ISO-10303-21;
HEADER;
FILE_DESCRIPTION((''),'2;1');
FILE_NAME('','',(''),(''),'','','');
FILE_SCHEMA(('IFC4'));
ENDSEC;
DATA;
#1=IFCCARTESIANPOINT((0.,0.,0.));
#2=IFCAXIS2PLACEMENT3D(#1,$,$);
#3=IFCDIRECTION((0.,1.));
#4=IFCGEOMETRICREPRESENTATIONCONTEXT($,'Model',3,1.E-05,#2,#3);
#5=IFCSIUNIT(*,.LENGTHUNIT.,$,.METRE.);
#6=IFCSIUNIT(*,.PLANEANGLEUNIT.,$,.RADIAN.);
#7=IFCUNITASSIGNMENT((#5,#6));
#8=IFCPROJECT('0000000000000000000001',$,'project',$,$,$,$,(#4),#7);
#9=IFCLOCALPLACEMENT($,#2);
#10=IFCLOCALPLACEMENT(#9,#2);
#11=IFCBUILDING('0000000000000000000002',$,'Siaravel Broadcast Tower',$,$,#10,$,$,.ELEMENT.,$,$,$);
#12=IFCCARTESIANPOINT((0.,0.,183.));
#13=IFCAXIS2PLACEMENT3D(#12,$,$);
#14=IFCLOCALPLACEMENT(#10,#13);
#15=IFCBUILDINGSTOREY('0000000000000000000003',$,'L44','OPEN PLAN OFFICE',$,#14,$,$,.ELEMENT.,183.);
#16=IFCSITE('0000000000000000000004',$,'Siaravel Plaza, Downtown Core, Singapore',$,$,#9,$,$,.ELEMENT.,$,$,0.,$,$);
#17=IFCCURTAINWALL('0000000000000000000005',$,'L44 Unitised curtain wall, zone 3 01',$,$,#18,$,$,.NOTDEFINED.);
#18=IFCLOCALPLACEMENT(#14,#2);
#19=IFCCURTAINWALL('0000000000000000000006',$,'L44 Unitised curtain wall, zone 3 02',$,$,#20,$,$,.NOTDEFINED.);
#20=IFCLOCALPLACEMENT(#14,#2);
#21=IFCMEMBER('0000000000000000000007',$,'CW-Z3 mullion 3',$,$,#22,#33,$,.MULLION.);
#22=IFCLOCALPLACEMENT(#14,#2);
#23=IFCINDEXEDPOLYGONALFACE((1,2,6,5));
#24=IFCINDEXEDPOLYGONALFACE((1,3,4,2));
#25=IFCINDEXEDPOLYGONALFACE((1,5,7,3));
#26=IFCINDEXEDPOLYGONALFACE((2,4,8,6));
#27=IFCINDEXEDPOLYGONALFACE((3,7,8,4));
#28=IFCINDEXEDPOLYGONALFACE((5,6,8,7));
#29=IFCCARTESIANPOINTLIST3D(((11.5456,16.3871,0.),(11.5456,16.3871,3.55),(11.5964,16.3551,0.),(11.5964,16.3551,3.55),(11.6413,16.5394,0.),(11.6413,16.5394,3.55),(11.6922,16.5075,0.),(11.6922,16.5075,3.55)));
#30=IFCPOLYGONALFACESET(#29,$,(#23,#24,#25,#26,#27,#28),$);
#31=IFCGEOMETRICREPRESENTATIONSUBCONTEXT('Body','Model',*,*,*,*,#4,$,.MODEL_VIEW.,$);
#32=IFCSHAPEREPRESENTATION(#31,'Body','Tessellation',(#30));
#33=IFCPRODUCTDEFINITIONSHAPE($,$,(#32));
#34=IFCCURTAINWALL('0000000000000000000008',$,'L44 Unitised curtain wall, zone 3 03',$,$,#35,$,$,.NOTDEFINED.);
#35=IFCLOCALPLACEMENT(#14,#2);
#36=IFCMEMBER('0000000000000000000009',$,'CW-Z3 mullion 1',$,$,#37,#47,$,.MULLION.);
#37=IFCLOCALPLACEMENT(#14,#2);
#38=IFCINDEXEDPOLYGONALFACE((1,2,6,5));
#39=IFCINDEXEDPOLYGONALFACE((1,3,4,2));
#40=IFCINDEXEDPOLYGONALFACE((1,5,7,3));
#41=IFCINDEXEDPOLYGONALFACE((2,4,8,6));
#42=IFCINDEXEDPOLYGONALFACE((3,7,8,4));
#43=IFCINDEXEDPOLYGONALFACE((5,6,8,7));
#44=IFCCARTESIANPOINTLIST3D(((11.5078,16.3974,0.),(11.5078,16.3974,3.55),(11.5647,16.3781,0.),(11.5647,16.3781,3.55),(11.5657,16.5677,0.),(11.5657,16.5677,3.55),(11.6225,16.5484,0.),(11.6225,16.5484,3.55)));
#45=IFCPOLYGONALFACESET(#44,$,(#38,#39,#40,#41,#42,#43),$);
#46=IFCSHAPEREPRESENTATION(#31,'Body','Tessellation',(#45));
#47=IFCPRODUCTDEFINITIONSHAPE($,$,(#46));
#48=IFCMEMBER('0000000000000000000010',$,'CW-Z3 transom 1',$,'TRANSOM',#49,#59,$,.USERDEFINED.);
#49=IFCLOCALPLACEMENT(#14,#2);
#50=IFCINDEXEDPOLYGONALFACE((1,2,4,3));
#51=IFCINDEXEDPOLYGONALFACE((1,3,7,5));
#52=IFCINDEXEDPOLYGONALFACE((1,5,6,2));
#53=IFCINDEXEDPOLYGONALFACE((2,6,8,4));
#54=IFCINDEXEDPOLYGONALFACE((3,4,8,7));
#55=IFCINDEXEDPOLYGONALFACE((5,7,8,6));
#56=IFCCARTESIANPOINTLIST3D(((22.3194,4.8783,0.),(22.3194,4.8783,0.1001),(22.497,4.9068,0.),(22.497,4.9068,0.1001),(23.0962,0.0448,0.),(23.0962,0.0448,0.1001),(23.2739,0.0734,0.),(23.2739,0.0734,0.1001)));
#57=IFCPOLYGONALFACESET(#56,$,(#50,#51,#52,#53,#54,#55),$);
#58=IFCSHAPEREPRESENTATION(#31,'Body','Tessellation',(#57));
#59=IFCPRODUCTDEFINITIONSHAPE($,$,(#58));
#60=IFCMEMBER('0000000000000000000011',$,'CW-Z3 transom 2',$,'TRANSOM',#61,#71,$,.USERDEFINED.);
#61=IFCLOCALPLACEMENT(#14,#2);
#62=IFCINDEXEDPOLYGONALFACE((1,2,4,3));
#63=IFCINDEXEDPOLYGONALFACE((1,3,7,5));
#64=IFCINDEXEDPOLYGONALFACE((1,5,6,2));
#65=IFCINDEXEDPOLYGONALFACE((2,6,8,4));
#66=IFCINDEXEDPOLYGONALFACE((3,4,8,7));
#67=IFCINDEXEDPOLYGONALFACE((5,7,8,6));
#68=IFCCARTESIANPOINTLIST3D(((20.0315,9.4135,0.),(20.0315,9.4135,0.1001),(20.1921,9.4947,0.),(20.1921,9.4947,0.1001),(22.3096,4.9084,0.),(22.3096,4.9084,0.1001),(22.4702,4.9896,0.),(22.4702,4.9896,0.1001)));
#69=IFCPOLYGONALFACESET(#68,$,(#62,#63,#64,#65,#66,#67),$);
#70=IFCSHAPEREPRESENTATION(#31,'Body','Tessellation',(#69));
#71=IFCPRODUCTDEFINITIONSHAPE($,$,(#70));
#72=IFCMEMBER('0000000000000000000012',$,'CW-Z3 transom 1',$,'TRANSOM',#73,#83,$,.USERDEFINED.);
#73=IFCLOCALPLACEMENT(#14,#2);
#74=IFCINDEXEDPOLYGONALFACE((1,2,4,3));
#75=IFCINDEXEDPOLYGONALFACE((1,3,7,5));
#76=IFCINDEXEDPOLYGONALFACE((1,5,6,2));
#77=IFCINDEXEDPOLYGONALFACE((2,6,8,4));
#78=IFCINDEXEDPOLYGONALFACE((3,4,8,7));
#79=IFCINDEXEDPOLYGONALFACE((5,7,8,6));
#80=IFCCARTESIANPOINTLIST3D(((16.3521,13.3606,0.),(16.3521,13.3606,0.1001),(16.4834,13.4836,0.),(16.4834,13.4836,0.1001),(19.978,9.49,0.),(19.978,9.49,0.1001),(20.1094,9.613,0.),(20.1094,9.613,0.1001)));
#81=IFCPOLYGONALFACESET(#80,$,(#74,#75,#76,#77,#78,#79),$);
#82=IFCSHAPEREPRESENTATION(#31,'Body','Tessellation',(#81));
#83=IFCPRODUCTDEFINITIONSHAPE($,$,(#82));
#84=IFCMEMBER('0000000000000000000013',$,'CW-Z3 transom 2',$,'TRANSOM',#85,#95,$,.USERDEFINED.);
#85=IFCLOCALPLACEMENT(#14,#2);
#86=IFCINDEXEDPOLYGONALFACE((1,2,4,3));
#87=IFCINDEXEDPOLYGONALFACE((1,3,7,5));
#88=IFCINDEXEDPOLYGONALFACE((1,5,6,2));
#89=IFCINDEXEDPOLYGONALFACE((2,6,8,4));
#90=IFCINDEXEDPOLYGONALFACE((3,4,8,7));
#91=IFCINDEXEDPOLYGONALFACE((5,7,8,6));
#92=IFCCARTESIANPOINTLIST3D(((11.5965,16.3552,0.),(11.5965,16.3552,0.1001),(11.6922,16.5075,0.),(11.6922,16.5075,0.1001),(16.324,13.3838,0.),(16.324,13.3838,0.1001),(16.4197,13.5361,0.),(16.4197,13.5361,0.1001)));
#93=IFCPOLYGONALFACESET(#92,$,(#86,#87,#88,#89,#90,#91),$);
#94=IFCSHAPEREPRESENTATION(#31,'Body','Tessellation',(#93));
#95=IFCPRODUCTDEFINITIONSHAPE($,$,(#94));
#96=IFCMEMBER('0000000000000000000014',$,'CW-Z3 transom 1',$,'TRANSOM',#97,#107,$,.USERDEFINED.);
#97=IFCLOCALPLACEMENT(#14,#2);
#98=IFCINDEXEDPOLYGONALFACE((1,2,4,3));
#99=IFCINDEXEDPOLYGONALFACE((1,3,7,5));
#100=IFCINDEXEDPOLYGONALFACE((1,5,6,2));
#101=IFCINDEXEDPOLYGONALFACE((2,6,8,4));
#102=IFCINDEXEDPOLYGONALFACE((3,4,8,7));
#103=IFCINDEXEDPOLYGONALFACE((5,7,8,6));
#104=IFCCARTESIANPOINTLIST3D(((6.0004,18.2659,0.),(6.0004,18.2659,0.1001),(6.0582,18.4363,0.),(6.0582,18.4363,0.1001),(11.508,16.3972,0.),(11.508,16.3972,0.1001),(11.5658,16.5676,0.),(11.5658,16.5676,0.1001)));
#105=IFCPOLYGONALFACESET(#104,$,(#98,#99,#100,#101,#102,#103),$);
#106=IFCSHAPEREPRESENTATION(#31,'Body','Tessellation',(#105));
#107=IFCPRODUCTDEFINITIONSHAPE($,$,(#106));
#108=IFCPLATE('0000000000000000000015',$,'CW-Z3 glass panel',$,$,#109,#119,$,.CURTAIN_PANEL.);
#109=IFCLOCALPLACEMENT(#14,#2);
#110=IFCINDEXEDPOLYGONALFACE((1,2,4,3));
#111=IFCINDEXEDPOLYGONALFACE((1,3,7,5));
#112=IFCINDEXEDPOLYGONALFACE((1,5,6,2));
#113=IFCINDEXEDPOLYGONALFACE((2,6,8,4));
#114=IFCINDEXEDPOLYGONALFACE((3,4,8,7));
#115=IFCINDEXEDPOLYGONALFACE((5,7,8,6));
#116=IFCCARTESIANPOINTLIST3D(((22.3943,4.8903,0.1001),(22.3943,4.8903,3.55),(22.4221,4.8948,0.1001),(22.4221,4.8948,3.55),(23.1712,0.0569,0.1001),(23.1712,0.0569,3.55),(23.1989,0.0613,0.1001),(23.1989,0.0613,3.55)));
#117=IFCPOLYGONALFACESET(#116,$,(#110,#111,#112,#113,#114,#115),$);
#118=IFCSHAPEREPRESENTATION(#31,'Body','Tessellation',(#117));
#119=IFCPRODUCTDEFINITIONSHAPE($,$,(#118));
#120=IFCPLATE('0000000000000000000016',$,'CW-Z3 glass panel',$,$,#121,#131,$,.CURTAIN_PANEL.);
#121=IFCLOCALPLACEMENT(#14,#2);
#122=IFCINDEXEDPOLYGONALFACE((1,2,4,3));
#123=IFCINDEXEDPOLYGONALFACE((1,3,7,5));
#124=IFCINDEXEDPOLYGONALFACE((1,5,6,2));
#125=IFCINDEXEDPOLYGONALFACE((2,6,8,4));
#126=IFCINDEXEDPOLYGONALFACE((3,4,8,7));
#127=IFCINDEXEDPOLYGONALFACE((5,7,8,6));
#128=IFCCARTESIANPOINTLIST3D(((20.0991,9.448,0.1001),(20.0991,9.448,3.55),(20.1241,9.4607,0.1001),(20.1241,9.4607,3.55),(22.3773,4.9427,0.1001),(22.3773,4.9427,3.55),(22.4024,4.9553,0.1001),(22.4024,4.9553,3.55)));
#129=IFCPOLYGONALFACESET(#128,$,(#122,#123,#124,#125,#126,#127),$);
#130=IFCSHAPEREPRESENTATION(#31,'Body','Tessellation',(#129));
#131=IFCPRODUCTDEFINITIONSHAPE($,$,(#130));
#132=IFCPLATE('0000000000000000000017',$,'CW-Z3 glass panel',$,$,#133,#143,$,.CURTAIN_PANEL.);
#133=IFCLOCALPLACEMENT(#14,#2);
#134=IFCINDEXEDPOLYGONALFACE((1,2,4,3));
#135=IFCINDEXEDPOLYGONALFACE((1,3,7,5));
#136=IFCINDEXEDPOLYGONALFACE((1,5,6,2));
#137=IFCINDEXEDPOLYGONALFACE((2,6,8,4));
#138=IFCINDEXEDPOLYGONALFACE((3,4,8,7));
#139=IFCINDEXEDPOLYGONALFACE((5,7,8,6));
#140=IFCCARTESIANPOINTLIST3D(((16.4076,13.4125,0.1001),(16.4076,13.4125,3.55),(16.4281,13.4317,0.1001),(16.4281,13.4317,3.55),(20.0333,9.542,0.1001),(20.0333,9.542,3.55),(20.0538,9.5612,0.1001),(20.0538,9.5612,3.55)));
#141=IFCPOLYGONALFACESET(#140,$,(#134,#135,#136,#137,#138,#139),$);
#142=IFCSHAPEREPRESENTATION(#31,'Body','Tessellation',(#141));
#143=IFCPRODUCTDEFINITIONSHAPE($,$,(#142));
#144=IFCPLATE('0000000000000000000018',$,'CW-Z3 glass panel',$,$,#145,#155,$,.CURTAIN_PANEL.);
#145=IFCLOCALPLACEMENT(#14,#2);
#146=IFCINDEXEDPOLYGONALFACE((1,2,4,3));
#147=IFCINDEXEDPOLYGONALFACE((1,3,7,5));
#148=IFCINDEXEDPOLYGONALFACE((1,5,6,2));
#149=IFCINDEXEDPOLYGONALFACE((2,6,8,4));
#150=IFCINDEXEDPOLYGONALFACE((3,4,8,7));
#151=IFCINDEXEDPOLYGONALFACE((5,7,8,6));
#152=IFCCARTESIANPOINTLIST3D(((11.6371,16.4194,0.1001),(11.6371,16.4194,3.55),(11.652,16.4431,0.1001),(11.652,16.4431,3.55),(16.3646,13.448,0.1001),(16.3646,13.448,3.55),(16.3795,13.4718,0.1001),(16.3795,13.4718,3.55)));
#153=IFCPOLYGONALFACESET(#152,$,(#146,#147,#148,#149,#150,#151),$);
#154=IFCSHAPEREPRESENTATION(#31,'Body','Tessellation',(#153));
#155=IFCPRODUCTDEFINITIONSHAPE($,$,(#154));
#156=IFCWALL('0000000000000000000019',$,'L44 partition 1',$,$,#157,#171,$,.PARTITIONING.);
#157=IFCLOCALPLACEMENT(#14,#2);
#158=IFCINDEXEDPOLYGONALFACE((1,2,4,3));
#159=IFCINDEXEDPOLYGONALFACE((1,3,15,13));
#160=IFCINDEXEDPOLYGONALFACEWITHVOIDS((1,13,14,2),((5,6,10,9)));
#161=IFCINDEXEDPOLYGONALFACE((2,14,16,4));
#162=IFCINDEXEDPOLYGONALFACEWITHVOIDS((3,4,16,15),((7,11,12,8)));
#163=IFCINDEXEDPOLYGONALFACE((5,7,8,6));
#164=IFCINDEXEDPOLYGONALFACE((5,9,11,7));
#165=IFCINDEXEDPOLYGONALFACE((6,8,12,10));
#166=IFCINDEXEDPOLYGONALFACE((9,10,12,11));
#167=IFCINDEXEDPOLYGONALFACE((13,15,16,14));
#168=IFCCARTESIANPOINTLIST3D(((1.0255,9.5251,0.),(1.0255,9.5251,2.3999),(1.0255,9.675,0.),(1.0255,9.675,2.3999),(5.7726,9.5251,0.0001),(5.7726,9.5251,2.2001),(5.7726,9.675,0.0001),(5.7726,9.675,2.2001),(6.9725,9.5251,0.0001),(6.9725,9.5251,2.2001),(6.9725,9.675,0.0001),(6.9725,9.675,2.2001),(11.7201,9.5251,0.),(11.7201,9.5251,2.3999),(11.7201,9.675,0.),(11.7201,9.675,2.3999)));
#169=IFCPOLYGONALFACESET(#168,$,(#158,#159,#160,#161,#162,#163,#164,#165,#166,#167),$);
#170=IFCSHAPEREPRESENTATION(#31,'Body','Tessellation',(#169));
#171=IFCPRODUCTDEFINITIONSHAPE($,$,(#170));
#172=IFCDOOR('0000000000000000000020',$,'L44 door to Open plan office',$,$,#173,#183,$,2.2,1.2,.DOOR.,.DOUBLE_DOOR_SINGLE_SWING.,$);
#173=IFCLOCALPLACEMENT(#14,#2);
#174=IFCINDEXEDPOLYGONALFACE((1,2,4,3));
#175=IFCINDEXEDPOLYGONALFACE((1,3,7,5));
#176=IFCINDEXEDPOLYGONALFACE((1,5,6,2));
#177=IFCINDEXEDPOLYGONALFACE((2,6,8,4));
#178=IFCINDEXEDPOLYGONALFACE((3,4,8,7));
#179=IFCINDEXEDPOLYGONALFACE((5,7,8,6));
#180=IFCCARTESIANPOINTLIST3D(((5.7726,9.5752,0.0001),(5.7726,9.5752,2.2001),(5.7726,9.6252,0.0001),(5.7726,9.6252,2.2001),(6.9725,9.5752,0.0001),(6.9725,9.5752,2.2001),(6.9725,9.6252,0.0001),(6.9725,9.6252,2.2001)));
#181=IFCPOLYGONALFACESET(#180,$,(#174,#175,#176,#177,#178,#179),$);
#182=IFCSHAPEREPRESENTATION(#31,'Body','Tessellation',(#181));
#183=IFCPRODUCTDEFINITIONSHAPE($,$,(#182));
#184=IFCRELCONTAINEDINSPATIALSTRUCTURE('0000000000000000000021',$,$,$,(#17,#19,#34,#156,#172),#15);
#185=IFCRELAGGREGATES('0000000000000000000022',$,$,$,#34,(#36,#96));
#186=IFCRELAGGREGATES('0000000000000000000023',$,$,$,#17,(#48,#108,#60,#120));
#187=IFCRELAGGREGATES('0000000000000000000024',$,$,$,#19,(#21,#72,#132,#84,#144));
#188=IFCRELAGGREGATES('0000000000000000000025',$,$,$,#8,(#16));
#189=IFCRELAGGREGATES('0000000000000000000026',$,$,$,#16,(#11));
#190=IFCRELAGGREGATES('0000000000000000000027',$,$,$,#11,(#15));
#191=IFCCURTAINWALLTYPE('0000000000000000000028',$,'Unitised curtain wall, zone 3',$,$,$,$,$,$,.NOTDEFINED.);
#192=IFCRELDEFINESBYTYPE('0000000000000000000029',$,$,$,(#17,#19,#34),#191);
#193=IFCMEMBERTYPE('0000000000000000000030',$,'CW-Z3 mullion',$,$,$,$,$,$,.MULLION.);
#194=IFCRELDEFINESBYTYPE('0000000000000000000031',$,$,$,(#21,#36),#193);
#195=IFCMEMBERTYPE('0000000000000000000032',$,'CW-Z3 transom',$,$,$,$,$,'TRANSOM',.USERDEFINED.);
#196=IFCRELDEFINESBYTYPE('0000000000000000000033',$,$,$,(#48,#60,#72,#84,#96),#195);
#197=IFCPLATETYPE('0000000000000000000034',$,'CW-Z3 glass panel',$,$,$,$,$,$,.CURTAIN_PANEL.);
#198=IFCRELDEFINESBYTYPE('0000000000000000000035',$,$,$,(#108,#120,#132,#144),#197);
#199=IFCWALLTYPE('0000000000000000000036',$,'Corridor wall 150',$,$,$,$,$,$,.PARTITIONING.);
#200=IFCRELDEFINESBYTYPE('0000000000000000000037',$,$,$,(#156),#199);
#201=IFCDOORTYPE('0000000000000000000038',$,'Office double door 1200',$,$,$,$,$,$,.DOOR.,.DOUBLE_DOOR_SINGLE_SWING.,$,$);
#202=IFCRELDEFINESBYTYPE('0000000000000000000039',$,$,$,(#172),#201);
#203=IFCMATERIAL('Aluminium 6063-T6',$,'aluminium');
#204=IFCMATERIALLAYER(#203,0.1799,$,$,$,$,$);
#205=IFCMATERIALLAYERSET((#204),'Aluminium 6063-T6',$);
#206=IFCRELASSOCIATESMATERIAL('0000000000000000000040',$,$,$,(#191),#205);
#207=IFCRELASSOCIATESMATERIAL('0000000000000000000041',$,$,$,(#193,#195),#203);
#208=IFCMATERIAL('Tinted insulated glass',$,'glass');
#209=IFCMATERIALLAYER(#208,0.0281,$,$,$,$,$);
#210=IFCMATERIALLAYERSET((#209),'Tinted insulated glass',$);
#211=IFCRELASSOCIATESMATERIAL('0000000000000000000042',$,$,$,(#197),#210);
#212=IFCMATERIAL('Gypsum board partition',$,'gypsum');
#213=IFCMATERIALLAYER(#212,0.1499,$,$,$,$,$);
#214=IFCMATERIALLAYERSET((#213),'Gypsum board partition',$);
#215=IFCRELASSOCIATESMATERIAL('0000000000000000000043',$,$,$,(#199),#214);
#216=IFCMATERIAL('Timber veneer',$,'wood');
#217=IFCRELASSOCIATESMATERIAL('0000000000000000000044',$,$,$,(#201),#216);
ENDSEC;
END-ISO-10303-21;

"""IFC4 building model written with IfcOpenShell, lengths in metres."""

from ifc_helpers import new_model, si_unit, direction, frame, frame_2d, origin, origin_2d, place, context, subcontext, project, spatial, rectangle, extrude, material, layer, layer_set, material_profile, profile_set, type_object, element, fill, aggregate, save


model = new_model("IFC4")

# Units and contexts
model_context = context("Model", 3, precision=1e-05, world=origin(), true_north=direction((0.0, 1.0)))
body_context = subcontext(model_context, "Body", "Model", "MODEL_VIEW")
ifc_project = project(units=[si_unit("LENGTHUNIT", "METRE"), si_unit("PLANEANGLEUNIT", "RADIAN")], contexts=[model_context])

# Site, building, storey
site_placement = place(None, origin())
site = spatial("IfcSite", under=ifc_project, at=site_placement, Name="Siaravel Plaza, Downtown Core, Singapore", CompositionType="ELEMENT", RefElevation=0.0)
building_placement = place(site_placement, origin())
building = spatial("IfcBuilding", under=site, at=building_placement, Name="Siaravel Broadcast Tower", CompositionType="ELEMENT")
storey_placement = place(building_placement, frame((0.0, 0.0, 183.0)))
storey = spatial("IfcBuildingStorey", under=building, at=storey_placement, Name="L44", Description="OPEN PLAN OFFICE", CompositionType="ELEMENT", Elevation=183.0)

# Curtain walls, member
ifc_material_1 = material(Name="Aluminium 6063-T6", Category="aluminium")
ifc_layer_1 = layer(ifc_material_1, 0.1799)
ifc_layer_set_1 = layer_set([ifc_layer_1], Name="Aluminium 6063-T6")
curtain_wall_type = type_object("IfcCurtainWallType", Name="Unitised curtain wall, zone 3", PredefinedType="NOTDEFINED", material=ifc_layer_set_1)
curtain_wall_1_placement = place(storey_placement, origin())
curtain_wall_1 = element("IfcCurtainWall", 1, at=curtain_wall_1_placement, inside=storey, type_object=curtain_wall_type, Name="L44 Unitised curtain wall, zone 3 01", PredefinedType="NOTDEFINED")
ifc_material_profile_1 = material_profile(ifc_material_1, rectangle(XDim=0.1799, YDim=0.0601, at=origin_2d()))
ifc_profile_set_1 = profile_set([ifc_material_profile_1], Name="Aluminium 6063-T6")
member_type_1 = type_object("IfcMemberType", Name="CW-Z3 mullion", PredefinedType="MULLION", material=ifc_profile_set_1)
curtain_wall_2_placement = place(storey_placement, origin())
curtain_wall_2 = element("IfcCurtainWall", 2, at=curtain_wall_2_placement, inside=storey, type_object=curtain_wall_type, Name="L44 Unitised curtain wall, zone 3 02", PredefinedType="NOTDEFINED")
member_1_placement = place(storey_placement, frame((11.6189, 16.4473, 0.0), z_axis=(0.0, 0.0, 1.0), x_axis=(-0.532149, -0.846651, 0.0)))
member_1 = element("IfcMember", 3, at=member_1_placement, type_object=member_type_1, Name="CW-Z3 mullion 3", PredefinedType="MULLION", context=body_context, shape_type="SweptSolid", body=[
    extrude(rectangle(XDim=0.1799, YDim=0.0601, at=origin_2d()), origin(), (0.0, 0.0, 1.0), 3.55),
])

# Curtain wall, member
curtain_wall_3_placement = place(storey_placement, origin())
curtain_wall_3 = element("IfcCurtainWall", 4, at=curtain_wall_3_placement, inside=storey, type_object=curtain_wall_type, Name="L44 Unitised curtain wall, zone 3 03", PredefinedType="NOTDEFINED")
member_2_placement = place(storey_placement, frame((11.5652, 16.4729, 0.0), z_axis=(0.0, 0.0, 1.0), x_axis=(-0.3213, -0.946977, 0.0)))
member_2 = element("IfcMember", 5, at=member_2_placement, type_object=member_type_1, Name="CW-Z3 mullion 1", PredefinedType="MULLION", context=body_context, shape_type="SweptSolid", body=[
    extrude(rectangle(XDim=0.1799, YDim=0.0601, at=origin_2d()), origin(), (0.0, 0.0, 1.0), 3.55),
])

# Members
ifc_material_profile_2 = material_profile(ifc_material_1, rectangle(XDim=0.1799, YDim=0.1001, at=origin_2d()))
ifc_profile_set_2 = profile_set([ifc_material_profile_2], Name="Aluminium 6063-T6")
member_type_2 = type_object("IfcMemberType", Name="CW-Z3 transom", ElementType="TRANSOM", PredefinedType="USERDEFINED", material=ifc_profile_set_2)
member_3_placement = place(storey_placement, frame((23.1851, 0.0591, 0.05), z_axis=(-0.158687, 0.987329, 0.0), x_axis=(-0.987329, -0.158687, 0.0)))
member_3 = element("IfcMember", 6, at=member_3_placement, type_object=member_type_2, Name="CW-Z3 transom 1", ObjectType="TRANSOM", PredefinedType="USERDEFINED", context=body_context, shape_type="SweptSolid", body=[
    extrude(rectangle(XDim=0.1799, YDim=0.1001, at=origin_2d()), origin(), (0.0, 0.0, 1.0), 4.8955),
])
member_4_placement = place(storey_placement, frame((22.3899, 4.949, 0.05), z_axis=(-0.451252, 0.892397, 0.0), x_axis=(-0.892397, -0.451252, 0.0)))
member_4 = element("IfcMember", 7, at=member_4_placement, type_object=member_type_2, Name="CW-Z3 transom 2", ObjectType="TRANSOM", PredefinedType="USERDEFINED", context=body_context, shape_type="SweptSolid", body=[
    extrude(rectangle(XDim=0.1799, YDim=0.1001, at=origin_2d()), origin(), (0.0, 0.0, 1.0), 5.0483),
])
member_5_placement = place(storey_placement, frame((20.0437, 9.5515, 0.05), z_axis=(-0.683669, 0.729793, 0.0), x_axis=(-0.729793, -0.683669, 0.0)))
member_5 = element("IfcMember", 8, at=member_5_placement, type_object=member_type_2, Name="CW-Z3 transom 1", ObjectType="TRANSOM", PredefinedType="USERDEFINED", context=body_context, shape_type="SweptSolid", body=[
    extrude(rectangle(XDim=0.1799, YDim=0.1001, at=origin_2d()), origin(), (0.0, 0.0, 1.0), 5.3037),
])
member_6_placement = place(storey_placement, frame((16.3718, 13.46, 0.05), z_axis=(-0.846649, 0.532151, 0.0), x_axis=(-0.532151, -0.846649, 0.0)))
member_6 = element("IfcMember", 9, at=member_6_placement, type_object=member_type_2, Name="CW-Z3 transom 2", ObjectType="TRANSOM", PredefinedType="USERDEFINED", context=body_context, shape_type="SweptSolid", body=[
    extrude(rectangle(XDim=0.1799, YDim=0.1001, at=origin_2d()), origin(), (0.0, 0.0, 1.0), 5.5837),
])
member_7_placement = place(storey_placement, frame((11.5369, 16.4824, 0.05), z_axis=(-0.946978, 0.321298, 0.0), x_axis=(-0.321298, -0.946978, 0.0)))
member_7 = element("IfcMember", 10, at=member_7_placement, type_object=member_type_2, Name="CW-Z3 transom 1", ObjectType="TRANSOM", PredefinedType="USERDEFINED", context=body_context, shape_type="SweptSolid", body=[
    extrude(rectangle(XDim=0.1799, YDim=0.1001, at=origin_2d()), origin(), (0.0, 0.0, 1.0), 5.8159),
])
aggregate(curtain_wall_3, [member_2, member_7])

# Plates
ifc_material_2 = material(Name="Tinted insulated glass", Category="glass")
ifc_layer_2 = layer(ifc_material_2, 0.0281)
ifc_layer_set_2 = layer_set([ifc_layer_2], Name="Tinted insulated glass")
plate_type = type_object("IfcPlateType", Name="CW-Z3 glass panel", PredefinedType="CURTAIN_PANEL", material=ifc_layer_set_2)
plate_1_placement = place(storey_placement, frame((22.7966, 2.4758, 0.1001), z_axis=(0.0, 0.0, 1.0), x_axis=(-0.158686, 0.987329, 0.0)))
plate_1 = element("IfcPlate", 11, at=plate_1_placement, type_object=plate_type, Name="CW-Z3 glass panel", PredefinedType="CURTAIN_PANEL", context=body_context, shape_type="SweptSolid", body=[
    extrude(rectangle(XDim=4.8955, YDim=0.0281, at=origin_2d()), origin(), (0.0, 0.0, 1.0), 3.45),
])
plate_2_placement = place(storey_placement, frame((21.2507, 7.2017, 0.1001), z_axis=(0.0, 0.0, 1.0), x_axis=(-0.451261, 0.892392, 0.0)))
plate_2 = element("IfcPlate", 12, at=plate_2_placement, type_object=plate_type, Name="CW-Z3 glass panel", PredefinedType="CURTAIN_PANEL", context=body_context, shape_type="SweptSolid", body=[
    extrude(rectangle(XDim=5.0486, YDim=0.0281, at=origin_2d()), origin(), (0.0, 0.0, 1.0), 3.45),
])
aggregate(curtain_wall_1, [member_3, plate_1, member_4, plate_2])
plate_3_placement = place(storey_placement, frame((18.2307, 11.4868, 0.1001), z_axis=(0.0, 0.0, 1.0), x_axis=(-0.683655, 0.729805, 0.0)))
plate_3 = element("IfcPlate", 13, at=plate_3_placement, type_object=plate_type, Name="CW-Z3 glass panel", PredefinedType="CURTAIN_PANEL", context=body_context, shape_type="SweptSolid", body=[
    extrude(rectangle(XDim=5.3035, YDim=0.0281, at=origin_2d()), origin(), (0.0, 0.0, 1.0), 3.45),
])
plate_4_placement = place(storey_placement, frame((14.0083, 14.9456, 0.1001), z_axis=(0.0, 0.0, 1.0), x_axis=(-0.846651, 0.532149, 0.0)))
plate_4 = element("IfcPlate", 14, at=plate_4_placement, type_object=plate_type, Name="CW-Z3 glass panel", PredefinedType="CURTAIN_PANEL", context=body_context, shape_type="SweptSolid", body=[
    extrude(rectangle(XDim=5.5837, YDim=0.0281, at=origin_2d()), origin(), (0.0, 0.0, 1.0), 3.45),
])
aggregate(curtain_wall_2, [member_1, member_5, plate_3, member_6, plate_4])

# Wall, opening, door
ifc_material_3 = material(Name="Gypsum board partition", Category="gypsum")
ifc_layer_3 = layer(ifc_material_3, 0.1499)
ifc_layer_set_3 = layer_set([ifc_layer_3], Name="Gypsum board partition")
wall_type_1 = type_object("IfcWallType", Name="Corridor wall 150", PredefinedType="PARTITIONING", material=ifc_layer_set_3)
wall_1_placement = place(storey_placement, frame((11.72, 9.6001, 0.0), z_axis=(0.0, 0.0, 1.0), x_axis=(-1.0, 0.0, 0.0)))
wall_1 = element("IfcWall", 15, at=wall_1_placement, inside=storey, type_object=wall_type_1, Name="L44 partition 1", PredefinedType="PARTITIONING", context=body_context, shape_type="SweptSolid", body=[
    extrude(rectangle(XDim=10.6946, YDim=0.1499, at=frame_2d((5.3472, 0.0))), origin(), (0.0, 0.0, 1.0), 2.3999),
])
opening_1_placement = place(wall_1_placement, frame((4.7473, 0.0, 0.0)))
opening_1 = element("IfcOpeningElement", 16, at=opening_1_placement, cuts=wall_1, PredefinedType="OPENING", context=body_context, shape_type="SweptSolid", body=[
    extrude(rectangle(XDim=1.2, YDim=2.2, at=frame_2d((0.6001, 1.1001))), frame((0.0, 0.085, 0.0), z_axis=(0.0, -1.0, 0.0), x_axis=(1.0, 0.0, 0.0)), (0.0, 0.0, 1.0), 0.1699),
])
ifc_material_4 = material(Name="Timber veneer", Category="wood")
door_type_1 = type_object("IfcDoorType", Name="Office double door 1200", OperationType="DOUBLE_DOOR_SINGLE_SWING", PredefinedType="DOOR", material=ifc_material_4)
door_1_placement = place(opening_1_placement, origin())
door_1 = element("IfcDoor", 17, at=door_1_placement, inside=storey, type_object=door_type_1, Name="L44 door to Open plan office", OperationType="DOUBLE_DOOR_SINGLE_SWING", OverallHeight=2.2, OverallWidth=1.2, PredefinedType="DOOR", context=body_context, shape_type="SweptSolid", body=[
    extrude(rectangle(XDim=1.2, YDim=2.2, at=frame_2d((0.6001, 1.1001))), frame((0.0, 0.0249, 0.0), z_axis=(0.0, -1.0, 0.0), x_axis=(1.0, 0.0, 0.0)), (0.0, 0.0, 1.0), 0.05),
])
fill(opening_1, door_1)

save(model, "model.ifc")
